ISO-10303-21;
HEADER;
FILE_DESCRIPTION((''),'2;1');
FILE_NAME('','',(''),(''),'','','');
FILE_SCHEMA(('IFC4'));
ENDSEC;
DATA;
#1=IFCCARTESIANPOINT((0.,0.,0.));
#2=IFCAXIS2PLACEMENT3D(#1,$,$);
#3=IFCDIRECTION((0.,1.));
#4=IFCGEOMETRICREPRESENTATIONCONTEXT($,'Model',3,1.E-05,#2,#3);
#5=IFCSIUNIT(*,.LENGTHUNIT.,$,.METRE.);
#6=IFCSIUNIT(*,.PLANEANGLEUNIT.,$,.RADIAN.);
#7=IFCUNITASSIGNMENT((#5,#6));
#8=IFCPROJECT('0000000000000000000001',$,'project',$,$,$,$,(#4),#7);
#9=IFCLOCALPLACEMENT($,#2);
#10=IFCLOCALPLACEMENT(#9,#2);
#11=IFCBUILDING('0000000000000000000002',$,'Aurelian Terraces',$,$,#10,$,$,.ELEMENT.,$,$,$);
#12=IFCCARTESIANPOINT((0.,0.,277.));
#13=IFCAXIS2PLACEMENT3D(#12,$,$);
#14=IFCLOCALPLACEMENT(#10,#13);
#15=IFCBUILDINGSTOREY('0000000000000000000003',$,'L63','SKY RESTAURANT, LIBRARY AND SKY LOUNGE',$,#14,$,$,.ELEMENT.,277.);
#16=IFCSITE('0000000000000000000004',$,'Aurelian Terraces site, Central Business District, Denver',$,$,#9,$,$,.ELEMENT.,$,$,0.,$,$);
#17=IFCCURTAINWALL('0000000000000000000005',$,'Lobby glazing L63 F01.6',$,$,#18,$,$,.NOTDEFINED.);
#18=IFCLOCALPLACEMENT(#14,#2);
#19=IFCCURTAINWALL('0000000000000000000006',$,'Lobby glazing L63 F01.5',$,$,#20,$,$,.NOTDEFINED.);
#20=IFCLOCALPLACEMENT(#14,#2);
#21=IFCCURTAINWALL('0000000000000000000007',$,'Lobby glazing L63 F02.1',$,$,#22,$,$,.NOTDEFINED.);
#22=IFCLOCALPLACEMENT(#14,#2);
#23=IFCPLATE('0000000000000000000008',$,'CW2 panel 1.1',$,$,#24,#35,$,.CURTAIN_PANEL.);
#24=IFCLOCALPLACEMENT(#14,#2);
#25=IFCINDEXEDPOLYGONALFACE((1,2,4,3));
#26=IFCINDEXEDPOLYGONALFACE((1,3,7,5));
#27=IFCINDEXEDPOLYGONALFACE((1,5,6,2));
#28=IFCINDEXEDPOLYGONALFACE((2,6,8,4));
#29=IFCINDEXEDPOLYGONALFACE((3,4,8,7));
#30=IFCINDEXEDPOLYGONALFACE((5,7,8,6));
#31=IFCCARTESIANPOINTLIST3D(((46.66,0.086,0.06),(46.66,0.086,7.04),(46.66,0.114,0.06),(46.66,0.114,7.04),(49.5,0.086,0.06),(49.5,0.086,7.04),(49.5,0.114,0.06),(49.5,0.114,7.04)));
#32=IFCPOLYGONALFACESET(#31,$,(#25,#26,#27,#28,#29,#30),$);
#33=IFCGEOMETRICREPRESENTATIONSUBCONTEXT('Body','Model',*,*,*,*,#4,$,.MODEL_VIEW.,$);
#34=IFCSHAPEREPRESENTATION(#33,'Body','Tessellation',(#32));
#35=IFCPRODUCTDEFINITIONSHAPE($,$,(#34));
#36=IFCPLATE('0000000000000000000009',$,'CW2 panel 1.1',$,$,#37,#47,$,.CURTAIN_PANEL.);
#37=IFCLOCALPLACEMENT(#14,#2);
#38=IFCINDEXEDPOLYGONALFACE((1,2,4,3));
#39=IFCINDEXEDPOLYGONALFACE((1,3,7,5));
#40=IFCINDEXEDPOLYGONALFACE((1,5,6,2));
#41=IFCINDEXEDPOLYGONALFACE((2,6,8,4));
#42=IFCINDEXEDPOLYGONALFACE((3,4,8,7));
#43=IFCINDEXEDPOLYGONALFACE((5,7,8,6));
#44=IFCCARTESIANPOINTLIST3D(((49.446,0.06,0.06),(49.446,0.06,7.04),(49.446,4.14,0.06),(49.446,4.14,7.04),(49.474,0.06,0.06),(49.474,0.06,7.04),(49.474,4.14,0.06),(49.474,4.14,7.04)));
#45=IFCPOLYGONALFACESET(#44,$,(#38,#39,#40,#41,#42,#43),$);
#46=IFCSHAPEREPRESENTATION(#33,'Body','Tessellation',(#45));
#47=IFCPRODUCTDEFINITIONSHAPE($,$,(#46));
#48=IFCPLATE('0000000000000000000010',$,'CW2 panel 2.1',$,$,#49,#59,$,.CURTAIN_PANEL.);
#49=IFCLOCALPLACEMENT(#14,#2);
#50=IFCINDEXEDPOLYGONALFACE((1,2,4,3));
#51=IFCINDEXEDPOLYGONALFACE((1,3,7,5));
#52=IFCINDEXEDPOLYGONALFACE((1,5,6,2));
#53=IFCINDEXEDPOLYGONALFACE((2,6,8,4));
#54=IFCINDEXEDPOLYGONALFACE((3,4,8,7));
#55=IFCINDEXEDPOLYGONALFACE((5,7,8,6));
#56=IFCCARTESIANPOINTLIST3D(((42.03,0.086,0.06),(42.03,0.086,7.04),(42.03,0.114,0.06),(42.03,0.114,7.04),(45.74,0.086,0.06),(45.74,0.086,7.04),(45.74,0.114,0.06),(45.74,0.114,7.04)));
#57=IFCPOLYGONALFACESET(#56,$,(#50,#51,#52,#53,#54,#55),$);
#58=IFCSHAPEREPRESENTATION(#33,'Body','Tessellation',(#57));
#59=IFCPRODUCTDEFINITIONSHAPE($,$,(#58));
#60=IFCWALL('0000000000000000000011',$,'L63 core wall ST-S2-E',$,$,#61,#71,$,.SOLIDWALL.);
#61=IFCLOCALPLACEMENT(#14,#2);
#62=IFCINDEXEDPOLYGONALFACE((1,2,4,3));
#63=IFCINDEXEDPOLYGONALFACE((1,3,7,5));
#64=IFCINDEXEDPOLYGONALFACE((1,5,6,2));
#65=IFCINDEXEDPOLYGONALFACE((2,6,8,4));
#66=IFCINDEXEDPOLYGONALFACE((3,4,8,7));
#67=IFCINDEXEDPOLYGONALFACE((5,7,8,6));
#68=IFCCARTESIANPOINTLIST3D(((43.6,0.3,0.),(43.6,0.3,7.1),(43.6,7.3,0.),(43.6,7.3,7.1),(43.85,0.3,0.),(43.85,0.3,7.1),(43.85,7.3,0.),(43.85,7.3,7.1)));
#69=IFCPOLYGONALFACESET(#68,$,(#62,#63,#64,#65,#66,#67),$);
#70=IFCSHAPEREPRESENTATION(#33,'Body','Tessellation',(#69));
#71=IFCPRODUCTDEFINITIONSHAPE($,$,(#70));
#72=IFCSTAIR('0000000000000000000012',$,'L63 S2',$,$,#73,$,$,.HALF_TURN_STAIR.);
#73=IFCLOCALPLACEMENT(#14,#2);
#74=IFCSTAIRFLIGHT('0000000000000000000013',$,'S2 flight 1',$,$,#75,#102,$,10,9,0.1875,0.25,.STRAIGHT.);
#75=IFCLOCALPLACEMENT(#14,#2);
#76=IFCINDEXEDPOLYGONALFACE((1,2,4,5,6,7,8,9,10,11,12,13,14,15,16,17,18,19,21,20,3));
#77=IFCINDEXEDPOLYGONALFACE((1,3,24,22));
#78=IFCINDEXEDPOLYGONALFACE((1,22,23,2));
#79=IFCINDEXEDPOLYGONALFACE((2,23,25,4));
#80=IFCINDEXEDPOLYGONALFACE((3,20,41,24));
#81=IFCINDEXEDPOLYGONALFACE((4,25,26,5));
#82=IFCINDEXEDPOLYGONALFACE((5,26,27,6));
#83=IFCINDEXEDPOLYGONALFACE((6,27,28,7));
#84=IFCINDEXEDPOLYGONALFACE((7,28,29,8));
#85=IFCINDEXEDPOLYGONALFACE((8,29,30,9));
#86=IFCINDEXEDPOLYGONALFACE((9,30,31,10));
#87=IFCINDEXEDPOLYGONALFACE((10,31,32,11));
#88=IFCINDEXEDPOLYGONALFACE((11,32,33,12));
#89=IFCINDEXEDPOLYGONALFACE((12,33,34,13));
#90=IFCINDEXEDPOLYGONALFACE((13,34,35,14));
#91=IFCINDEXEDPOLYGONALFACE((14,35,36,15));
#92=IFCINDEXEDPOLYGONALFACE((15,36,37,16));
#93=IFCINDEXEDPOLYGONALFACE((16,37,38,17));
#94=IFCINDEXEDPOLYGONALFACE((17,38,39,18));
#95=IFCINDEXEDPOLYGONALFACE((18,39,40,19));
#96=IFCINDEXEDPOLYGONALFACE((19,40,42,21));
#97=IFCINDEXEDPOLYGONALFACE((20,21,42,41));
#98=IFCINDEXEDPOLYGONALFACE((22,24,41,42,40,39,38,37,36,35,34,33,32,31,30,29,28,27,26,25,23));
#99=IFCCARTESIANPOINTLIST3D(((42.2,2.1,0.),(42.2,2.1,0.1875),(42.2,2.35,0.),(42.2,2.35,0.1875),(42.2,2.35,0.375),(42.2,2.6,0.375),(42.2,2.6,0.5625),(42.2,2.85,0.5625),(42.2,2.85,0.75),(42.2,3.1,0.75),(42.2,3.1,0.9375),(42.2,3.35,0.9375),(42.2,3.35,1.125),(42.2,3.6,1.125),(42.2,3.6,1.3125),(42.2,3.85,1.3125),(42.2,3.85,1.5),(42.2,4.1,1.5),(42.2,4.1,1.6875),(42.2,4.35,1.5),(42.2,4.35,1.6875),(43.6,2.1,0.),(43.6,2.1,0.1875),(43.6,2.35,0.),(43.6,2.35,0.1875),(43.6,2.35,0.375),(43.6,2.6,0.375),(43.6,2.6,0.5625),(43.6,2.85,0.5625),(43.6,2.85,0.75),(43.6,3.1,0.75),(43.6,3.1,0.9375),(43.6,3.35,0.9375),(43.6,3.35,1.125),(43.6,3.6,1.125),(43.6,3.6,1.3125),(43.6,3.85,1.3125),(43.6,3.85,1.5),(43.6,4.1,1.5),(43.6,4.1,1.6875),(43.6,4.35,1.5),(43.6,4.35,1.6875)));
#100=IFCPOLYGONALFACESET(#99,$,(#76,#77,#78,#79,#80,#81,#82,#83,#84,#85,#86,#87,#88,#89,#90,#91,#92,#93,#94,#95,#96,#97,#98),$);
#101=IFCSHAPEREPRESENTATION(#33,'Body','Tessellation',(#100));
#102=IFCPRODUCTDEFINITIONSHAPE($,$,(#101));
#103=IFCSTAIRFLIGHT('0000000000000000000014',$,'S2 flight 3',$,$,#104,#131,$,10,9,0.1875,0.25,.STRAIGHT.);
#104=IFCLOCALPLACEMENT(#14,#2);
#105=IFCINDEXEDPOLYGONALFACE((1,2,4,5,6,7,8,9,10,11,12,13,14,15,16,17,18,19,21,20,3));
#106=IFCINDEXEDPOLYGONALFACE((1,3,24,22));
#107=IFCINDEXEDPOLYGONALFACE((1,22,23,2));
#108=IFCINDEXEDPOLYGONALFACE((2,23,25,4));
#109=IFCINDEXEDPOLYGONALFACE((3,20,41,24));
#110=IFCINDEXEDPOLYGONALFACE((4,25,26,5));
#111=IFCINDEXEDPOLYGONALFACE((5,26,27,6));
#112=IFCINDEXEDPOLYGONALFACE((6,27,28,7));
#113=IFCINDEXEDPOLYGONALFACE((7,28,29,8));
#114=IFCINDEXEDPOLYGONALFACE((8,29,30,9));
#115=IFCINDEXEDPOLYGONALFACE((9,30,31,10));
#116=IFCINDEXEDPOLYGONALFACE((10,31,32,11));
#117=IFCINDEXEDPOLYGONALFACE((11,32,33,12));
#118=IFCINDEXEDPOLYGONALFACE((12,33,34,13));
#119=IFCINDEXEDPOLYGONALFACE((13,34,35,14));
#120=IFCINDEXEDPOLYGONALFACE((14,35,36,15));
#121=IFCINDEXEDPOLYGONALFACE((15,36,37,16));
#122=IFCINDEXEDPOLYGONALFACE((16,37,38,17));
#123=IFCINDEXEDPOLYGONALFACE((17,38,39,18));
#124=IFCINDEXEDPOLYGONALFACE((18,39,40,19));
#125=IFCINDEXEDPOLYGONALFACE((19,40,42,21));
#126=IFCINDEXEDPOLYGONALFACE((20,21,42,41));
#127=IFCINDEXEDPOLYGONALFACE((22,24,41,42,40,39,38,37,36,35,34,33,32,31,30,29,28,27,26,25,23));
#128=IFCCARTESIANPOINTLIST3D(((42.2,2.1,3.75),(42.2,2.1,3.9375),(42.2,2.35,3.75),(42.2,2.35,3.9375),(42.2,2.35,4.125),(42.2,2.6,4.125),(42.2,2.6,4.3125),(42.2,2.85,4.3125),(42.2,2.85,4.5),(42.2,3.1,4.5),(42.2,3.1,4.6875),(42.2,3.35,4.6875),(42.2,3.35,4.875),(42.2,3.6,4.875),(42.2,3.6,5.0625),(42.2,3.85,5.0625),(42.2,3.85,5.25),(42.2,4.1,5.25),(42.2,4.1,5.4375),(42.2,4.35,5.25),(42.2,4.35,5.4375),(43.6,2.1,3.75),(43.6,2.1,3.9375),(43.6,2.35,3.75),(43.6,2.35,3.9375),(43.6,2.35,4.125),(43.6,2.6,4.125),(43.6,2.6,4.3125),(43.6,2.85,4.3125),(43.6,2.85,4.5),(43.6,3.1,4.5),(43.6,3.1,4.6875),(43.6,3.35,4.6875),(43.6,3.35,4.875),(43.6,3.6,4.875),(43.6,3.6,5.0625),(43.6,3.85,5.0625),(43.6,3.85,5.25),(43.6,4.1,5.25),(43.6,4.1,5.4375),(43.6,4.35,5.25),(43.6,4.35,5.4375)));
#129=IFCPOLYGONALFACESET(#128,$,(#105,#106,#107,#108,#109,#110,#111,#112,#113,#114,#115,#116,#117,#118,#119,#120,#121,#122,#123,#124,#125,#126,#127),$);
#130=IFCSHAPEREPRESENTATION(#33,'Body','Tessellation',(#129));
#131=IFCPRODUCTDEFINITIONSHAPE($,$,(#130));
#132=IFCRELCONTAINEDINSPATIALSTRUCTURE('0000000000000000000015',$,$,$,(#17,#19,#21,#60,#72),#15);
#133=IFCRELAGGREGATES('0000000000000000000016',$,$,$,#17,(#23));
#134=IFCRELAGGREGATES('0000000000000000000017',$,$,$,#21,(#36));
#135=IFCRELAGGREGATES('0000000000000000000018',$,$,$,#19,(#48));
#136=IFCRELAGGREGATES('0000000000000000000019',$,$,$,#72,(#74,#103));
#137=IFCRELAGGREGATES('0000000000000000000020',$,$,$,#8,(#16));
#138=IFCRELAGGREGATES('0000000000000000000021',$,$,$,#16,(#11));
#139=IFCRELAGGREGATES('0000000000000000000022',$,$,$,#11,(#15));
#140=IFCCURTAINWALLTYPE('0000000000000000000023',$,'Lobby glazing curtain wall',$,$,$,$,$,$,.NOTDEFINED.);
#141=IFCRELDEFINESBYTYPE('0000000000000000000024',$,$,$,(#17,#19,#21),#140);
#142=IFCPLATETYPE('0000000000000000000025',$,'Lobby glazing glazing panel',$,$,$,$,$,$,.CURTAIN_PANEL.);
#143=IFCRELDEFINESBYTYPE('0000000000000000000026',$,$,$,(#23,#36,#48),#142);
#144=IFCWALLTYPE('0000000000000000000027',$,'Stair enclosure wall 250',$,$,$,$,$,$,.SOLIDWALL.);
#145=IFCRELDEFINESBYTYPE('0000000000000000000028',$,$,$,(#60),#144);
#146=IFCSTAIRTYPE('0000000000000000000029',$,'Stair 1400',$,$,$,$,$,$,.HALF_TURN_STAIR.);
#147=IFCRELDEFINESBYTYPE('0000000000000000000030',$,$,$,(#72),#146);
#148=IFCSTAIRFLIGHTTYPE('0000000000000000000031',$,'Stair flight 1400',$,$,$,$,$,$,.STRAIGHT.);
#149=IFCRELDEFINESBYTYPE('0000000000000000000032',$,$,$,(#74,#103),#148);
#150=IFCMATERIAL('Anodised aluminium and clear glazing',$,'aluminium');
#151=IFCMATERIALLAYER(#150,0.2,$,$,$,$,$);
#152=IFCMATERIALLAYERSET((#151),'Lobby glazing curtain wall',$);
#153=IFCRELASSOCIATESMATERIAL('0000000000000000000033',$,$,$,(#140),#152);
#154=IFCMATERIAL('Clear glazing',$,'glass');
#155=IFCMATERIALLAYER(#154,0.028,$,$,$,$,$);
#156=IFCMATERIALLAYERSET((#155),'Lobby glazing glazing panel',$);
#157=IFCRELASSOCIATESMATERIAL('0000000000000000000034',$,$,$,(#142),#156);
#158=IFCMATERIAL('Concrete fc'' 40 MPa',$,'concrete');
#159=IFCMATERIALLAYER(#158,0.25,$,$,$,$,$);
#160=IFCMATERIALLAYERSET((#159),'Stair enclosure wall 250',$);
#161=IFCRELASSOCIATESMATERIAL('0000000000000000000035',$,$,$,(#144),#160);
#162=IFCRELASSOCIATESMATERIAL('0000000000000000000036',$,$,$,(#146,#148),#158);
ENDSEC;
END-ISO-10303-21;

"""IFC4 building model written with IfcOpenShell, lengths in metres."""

from ifc_helpers import new_model, si_unit, direction, frame, frame_2d, origin, origin_2d, place, context, subcontext, project, spatial, polyline, rectangle, outline, extrude, source, transform, mapped, material, layer, layer_set, type_object, element, aggregate, save


model = new_model("IFC4")

# Units and contexts
model_context = context("Model", 3, precision=1e-05, world=origin(), true_north=direction((0.0, 1.0)))
body_context = subcontext(model_context, "Body", "Model", "MODEL_VIEW")
ifc_project = project(units=[si_unit("LENGTHUNIT", "METRE"), si_unit("PLANEANGLEUNIT", "RADIAN")], contexts=[model_context])

# Site, building, storey
site_placement = place(None, origin())
site = spatial("IfcSite", under=ifc_project, at=site_placement, Name="Aurelian Terraces site, Central Business District, Denver", CompositionType="ELEMENT", RefElevation=0.0)
building_placement = place(site_placement, origin())
building = spatial("IfcBuilding", under=site, at=building_placement, Name="Aurelian Terraces", CompositionType="ELEMENT")
storey_placement = place(building_placement, frame((0.0, 0.0, 277.0)))
storey = spatial("IfcBuildingStorey", under=building, at=storey_placement, Name="L63", Description="SKY RESTAURANT, LIBRARY AND SKY LOUNGE", CompositionType="ELEMENT", Elevation=277.0)

# Curtain walls
ifc_material_1 = material(Name="Anodised aluminium and clear glazing", Category="aluminium")
ifc_layer_1 = layer(ifc_material_1, 0.2)
ifc_layer_set_1 = layer_set([ifc_layer_1], Name="Lobby glazing curtain wall")
curtain_wall_type = type_object("IfcCurtainWallType", Name="Lobby glazing curtain wall", PredefinedType="NOTDEFINED", material=ifc_layer_set_1)
curtain_wall_1_placement = place(storey_placement, origin())
curtain_wall_1 = element("IfcCurtainWall", 1, at=curtain_wall_1_placement, inside=storey, type_object=curtain_wall_type, Name="Lobby glazing L63 F01.6", PredefinedType="NOTDEFINED")
curtain_wall_2_placement = place(storey_placement, origin())
curtain_wall_2 = element("IfcCurtainWall", 2, at=curtain_wall_2_placement, inside=storey, type_object=curtain_wall_type, Name="Lobby glazing L63 F01.5", PredefinedType="NOTDEFINED")

# Curtain wall
curtain_wall_3_placement = place(storey_placement, origin())
curtain_wall_3 = element("IfcCurtainWall", 3, at=curtain_wall_3_placement, inside=storey, type_object=curtain_wall_type, Name="Lobby glazing L63 F02.1", PredefinedType="NOTDEFINED")

# Plates
ifc_material_2 = material(Name="Clear glazing", Category="glass")
ifc_layer_2 = layer(ifc_material_2, 0.028)
ifc_layer_set_2 = layer_set([ifc_layer_2], Name="Lobby glazing glazing panel")
plate_type = type_object("IfcPlateType", Name="Lobby glazing glazing panel", PredefinedType="CURTAIN_PANEL", material=ifc_layer_set_2)
plate_1_placement = place(storey_placement, frame((48.08, 0.1, 0.06), z_axis=(0.0, 0.0, 1.0), x_axis=(1.0, 0.0, 0.0)))
plate_1 = element("IfcPlate", 4, at=plate_1_placement, type_object=plate_type, Name="CW2 panel 1.1", PredefinedType="CURTAIN_PANEL", context=body_context, shape_type="SweptSolid", body=[
    extrude(rectangle(XDim=2.84, YDim=0.028, at=origin_2d()), origin(), (0.0, 0.0, 1.0), 6.98),
])
aggregate(curtain_wall_1, [plate_1])
shared_shape_1 = source(origin(), body_context, "Body", "SweptSolid", [
    extrude(rectangle(XDim=4.08, YDim=0.028, at=origin_2d()), origin(), (0.0, 0.0, 1.0), 6.98),
])
plate_2_placement = place(storey_placement, frame((49.46, 2.1, 0.06), z_axis=(0.0, 0.0, 1.0), x_axis=(0.0, 1.0, 0.0)))
plate_2 = element("IfcPlate", 5, at=plate_2_placement, type_object=plate_type, Name="CW2 panel 1.1", PredefinedType="CURTAIN_PANEL", context=body_context, shape_type="MappedRepresentation", body=[
    mapped(shared_shape_1, transform((0.0, 0.0, 0.0), scale=1.0)),
])
aggregate(curtain_wall_3, [plate_2])
shared_shape_2 = source(origin(), body_context, "Body", "SweptSolid", [
    extrude(rectangle(XDim=3.71, YDim=0.028, at=origin_2d()), origin(), (0.0, 0.0, 1.0), 6.98),
])
plate_3_placement = place(storey_placement, frame((43.885, 0.1, 0.06), z_axis=(0.0, 0.0, 1.0), x_axis=(1.0, 0.0, 0.0)))
plate_3 = element("IfcPlate", 6, at=plate_3_placement, type_object=plate_type, Name="CW2 panel 2.1", PredefinedType="CURTAIN_PANEL", context=body_context, shape_type="MappedRepresentation", body=[
    mapped(shared_shape_2, transform((0.0, 0.0, 0.0), scale=1.0)),
])
aggregate(curtain_wall_2, [plate_3])

# Wall
ifc_material_3 = material(Name="Concrete fc' 40 MPa", Category="concrete")
ifc_layer_3 = layer(ifc_material_3, 0.25)
ifc_layer_set_3 = layer_set([ifc_layer_3], Name="Stair enclosure wall 250")
wall_type = type_object("IfcWallType", Name="Stair enclosure wall 250", PredefinedType="SOLIDWALL", material=ifc_layer_set_3)
shared_shape_3 = source(origin(), body_context, "Body", "SweptSolid", [
    extrude(rectangle(XDim=7.0, YDim=0.25, at=frame_2d((3.5, 0.0))), origin(), (0.0, 0.0, 1.0), 7.1),
])
wall_placement = place(storey_placement, frame((43.725, 0.3, 0.0), z_axis=(0.0, 0.0, 1.0), x_axis=(0.0, 1.0, 0.0)))
element("IfcWall", 7, at=wall_placement, inside=storey, type_object=wall_type, Name="L63 core wall ST-S2-E", PredefinedType="SOLIDWALL", context=body_context, shape_type="MappedRepresentation", body=[
    mapped(shared_shape_3, transform((0.0, 0.0, 0.0), scale=1.0)),
])

# Stair, stair flights
stair_type = type_object("IfcStairType", Name="Stair 1400", PredefinedType="HALF_TURN_STAIR", material=ifc_material_3)
stair_placement = place(storey_placement, origin())
stair = element("IfcStair", 8, at=stair_placement, inside=storey, type_object=stair_type, Name="L63 S2", PredefinedType="HALF_TURN_STAIR")
stair_flight_type = type_object("IfcStairFlightType", Name="Stair flight 1400", PredefinedType="STRAIGHT", material=ifc_material_3)
shared_shape_4 = source(origin(), body_context, "Body", "SweptSolid", [
    extrude(outline(polyline([(0.0, 0.0), (0.0, 0.1875), (0.25, 0.1875), (0.25, 0.375), (0.5, 0.375), (0.5, 0.5625), (0.75, 0.5625), (0.75, 0.75), (1.0, 0.75), (1.0, 0.9375), (1.25, 0.9375), (1.25, 1.125), (1.5, 1.125), (1.5, 1.3125), (1.75, 1.3125), (1.75, 1.5), (2.0, 1.5), (2.0, 1.6875), (2.25, 1.6875), (2.25, 1.875), (2.25, 1.5), (0.25, 0.0), (0.0, 0.0)])), frame((0.0, 0.7, 0.0), z_axis=(0.0, -1.0, 0.0), x_axis=(1.0, 0.0, 0.0)), (0.0, 0.0, 1.0), 1.4),
])
stair_flight_1_placement = place(storey_placement, frame((42.9, 2.1, 0.0), z_axis=(0.0, 0.0, 1.0), x_axis=(0.0, 1.0, 0.0)))
stair_flight_1 = element("IfcStairFlight", 9, at=stair_flight_1_placement, type_object=stair_flight_type, Name="S2 flight 1", NumberOfRisers=10, NumberOfTreads=9, PredefinedType="STRAIGHT", RiserHeight=0.1875, TreadLength=0.25, context=body_context, shape_type="MappedRepresentation", body=[
    mapped(shared_shape_4, transform((0.0, 0.0, 0.0), scale=1.0)),
])
stair_flight_2_placement = place(storey_placement, frame((42.9, 2.1, 3.75), z_axis=(0.0, 0.0, 1.0), x_axis=(0.0, 1.0, 0.0)))
stair_flight_2 = element("IfcStairFlight", 10, at=stair_flight_2_placement, type_object=stair_flight_type, Name="S2 flight 3", NumberOfRisers=10, NumberOfTreads=9, PredefinedType="STRAIGHT", RiserHeight=0.1875, TreadLength=0.25, context=body_context, shape_type="MappedRepresentation", body=[
    mapped(shared_shape_4, transform((0.0, 0.0, 0.0), scale=1.0)),
])
aggregate(stair, [stair_flight_1, stair_flight_2])

save(model, "model.ifc")
